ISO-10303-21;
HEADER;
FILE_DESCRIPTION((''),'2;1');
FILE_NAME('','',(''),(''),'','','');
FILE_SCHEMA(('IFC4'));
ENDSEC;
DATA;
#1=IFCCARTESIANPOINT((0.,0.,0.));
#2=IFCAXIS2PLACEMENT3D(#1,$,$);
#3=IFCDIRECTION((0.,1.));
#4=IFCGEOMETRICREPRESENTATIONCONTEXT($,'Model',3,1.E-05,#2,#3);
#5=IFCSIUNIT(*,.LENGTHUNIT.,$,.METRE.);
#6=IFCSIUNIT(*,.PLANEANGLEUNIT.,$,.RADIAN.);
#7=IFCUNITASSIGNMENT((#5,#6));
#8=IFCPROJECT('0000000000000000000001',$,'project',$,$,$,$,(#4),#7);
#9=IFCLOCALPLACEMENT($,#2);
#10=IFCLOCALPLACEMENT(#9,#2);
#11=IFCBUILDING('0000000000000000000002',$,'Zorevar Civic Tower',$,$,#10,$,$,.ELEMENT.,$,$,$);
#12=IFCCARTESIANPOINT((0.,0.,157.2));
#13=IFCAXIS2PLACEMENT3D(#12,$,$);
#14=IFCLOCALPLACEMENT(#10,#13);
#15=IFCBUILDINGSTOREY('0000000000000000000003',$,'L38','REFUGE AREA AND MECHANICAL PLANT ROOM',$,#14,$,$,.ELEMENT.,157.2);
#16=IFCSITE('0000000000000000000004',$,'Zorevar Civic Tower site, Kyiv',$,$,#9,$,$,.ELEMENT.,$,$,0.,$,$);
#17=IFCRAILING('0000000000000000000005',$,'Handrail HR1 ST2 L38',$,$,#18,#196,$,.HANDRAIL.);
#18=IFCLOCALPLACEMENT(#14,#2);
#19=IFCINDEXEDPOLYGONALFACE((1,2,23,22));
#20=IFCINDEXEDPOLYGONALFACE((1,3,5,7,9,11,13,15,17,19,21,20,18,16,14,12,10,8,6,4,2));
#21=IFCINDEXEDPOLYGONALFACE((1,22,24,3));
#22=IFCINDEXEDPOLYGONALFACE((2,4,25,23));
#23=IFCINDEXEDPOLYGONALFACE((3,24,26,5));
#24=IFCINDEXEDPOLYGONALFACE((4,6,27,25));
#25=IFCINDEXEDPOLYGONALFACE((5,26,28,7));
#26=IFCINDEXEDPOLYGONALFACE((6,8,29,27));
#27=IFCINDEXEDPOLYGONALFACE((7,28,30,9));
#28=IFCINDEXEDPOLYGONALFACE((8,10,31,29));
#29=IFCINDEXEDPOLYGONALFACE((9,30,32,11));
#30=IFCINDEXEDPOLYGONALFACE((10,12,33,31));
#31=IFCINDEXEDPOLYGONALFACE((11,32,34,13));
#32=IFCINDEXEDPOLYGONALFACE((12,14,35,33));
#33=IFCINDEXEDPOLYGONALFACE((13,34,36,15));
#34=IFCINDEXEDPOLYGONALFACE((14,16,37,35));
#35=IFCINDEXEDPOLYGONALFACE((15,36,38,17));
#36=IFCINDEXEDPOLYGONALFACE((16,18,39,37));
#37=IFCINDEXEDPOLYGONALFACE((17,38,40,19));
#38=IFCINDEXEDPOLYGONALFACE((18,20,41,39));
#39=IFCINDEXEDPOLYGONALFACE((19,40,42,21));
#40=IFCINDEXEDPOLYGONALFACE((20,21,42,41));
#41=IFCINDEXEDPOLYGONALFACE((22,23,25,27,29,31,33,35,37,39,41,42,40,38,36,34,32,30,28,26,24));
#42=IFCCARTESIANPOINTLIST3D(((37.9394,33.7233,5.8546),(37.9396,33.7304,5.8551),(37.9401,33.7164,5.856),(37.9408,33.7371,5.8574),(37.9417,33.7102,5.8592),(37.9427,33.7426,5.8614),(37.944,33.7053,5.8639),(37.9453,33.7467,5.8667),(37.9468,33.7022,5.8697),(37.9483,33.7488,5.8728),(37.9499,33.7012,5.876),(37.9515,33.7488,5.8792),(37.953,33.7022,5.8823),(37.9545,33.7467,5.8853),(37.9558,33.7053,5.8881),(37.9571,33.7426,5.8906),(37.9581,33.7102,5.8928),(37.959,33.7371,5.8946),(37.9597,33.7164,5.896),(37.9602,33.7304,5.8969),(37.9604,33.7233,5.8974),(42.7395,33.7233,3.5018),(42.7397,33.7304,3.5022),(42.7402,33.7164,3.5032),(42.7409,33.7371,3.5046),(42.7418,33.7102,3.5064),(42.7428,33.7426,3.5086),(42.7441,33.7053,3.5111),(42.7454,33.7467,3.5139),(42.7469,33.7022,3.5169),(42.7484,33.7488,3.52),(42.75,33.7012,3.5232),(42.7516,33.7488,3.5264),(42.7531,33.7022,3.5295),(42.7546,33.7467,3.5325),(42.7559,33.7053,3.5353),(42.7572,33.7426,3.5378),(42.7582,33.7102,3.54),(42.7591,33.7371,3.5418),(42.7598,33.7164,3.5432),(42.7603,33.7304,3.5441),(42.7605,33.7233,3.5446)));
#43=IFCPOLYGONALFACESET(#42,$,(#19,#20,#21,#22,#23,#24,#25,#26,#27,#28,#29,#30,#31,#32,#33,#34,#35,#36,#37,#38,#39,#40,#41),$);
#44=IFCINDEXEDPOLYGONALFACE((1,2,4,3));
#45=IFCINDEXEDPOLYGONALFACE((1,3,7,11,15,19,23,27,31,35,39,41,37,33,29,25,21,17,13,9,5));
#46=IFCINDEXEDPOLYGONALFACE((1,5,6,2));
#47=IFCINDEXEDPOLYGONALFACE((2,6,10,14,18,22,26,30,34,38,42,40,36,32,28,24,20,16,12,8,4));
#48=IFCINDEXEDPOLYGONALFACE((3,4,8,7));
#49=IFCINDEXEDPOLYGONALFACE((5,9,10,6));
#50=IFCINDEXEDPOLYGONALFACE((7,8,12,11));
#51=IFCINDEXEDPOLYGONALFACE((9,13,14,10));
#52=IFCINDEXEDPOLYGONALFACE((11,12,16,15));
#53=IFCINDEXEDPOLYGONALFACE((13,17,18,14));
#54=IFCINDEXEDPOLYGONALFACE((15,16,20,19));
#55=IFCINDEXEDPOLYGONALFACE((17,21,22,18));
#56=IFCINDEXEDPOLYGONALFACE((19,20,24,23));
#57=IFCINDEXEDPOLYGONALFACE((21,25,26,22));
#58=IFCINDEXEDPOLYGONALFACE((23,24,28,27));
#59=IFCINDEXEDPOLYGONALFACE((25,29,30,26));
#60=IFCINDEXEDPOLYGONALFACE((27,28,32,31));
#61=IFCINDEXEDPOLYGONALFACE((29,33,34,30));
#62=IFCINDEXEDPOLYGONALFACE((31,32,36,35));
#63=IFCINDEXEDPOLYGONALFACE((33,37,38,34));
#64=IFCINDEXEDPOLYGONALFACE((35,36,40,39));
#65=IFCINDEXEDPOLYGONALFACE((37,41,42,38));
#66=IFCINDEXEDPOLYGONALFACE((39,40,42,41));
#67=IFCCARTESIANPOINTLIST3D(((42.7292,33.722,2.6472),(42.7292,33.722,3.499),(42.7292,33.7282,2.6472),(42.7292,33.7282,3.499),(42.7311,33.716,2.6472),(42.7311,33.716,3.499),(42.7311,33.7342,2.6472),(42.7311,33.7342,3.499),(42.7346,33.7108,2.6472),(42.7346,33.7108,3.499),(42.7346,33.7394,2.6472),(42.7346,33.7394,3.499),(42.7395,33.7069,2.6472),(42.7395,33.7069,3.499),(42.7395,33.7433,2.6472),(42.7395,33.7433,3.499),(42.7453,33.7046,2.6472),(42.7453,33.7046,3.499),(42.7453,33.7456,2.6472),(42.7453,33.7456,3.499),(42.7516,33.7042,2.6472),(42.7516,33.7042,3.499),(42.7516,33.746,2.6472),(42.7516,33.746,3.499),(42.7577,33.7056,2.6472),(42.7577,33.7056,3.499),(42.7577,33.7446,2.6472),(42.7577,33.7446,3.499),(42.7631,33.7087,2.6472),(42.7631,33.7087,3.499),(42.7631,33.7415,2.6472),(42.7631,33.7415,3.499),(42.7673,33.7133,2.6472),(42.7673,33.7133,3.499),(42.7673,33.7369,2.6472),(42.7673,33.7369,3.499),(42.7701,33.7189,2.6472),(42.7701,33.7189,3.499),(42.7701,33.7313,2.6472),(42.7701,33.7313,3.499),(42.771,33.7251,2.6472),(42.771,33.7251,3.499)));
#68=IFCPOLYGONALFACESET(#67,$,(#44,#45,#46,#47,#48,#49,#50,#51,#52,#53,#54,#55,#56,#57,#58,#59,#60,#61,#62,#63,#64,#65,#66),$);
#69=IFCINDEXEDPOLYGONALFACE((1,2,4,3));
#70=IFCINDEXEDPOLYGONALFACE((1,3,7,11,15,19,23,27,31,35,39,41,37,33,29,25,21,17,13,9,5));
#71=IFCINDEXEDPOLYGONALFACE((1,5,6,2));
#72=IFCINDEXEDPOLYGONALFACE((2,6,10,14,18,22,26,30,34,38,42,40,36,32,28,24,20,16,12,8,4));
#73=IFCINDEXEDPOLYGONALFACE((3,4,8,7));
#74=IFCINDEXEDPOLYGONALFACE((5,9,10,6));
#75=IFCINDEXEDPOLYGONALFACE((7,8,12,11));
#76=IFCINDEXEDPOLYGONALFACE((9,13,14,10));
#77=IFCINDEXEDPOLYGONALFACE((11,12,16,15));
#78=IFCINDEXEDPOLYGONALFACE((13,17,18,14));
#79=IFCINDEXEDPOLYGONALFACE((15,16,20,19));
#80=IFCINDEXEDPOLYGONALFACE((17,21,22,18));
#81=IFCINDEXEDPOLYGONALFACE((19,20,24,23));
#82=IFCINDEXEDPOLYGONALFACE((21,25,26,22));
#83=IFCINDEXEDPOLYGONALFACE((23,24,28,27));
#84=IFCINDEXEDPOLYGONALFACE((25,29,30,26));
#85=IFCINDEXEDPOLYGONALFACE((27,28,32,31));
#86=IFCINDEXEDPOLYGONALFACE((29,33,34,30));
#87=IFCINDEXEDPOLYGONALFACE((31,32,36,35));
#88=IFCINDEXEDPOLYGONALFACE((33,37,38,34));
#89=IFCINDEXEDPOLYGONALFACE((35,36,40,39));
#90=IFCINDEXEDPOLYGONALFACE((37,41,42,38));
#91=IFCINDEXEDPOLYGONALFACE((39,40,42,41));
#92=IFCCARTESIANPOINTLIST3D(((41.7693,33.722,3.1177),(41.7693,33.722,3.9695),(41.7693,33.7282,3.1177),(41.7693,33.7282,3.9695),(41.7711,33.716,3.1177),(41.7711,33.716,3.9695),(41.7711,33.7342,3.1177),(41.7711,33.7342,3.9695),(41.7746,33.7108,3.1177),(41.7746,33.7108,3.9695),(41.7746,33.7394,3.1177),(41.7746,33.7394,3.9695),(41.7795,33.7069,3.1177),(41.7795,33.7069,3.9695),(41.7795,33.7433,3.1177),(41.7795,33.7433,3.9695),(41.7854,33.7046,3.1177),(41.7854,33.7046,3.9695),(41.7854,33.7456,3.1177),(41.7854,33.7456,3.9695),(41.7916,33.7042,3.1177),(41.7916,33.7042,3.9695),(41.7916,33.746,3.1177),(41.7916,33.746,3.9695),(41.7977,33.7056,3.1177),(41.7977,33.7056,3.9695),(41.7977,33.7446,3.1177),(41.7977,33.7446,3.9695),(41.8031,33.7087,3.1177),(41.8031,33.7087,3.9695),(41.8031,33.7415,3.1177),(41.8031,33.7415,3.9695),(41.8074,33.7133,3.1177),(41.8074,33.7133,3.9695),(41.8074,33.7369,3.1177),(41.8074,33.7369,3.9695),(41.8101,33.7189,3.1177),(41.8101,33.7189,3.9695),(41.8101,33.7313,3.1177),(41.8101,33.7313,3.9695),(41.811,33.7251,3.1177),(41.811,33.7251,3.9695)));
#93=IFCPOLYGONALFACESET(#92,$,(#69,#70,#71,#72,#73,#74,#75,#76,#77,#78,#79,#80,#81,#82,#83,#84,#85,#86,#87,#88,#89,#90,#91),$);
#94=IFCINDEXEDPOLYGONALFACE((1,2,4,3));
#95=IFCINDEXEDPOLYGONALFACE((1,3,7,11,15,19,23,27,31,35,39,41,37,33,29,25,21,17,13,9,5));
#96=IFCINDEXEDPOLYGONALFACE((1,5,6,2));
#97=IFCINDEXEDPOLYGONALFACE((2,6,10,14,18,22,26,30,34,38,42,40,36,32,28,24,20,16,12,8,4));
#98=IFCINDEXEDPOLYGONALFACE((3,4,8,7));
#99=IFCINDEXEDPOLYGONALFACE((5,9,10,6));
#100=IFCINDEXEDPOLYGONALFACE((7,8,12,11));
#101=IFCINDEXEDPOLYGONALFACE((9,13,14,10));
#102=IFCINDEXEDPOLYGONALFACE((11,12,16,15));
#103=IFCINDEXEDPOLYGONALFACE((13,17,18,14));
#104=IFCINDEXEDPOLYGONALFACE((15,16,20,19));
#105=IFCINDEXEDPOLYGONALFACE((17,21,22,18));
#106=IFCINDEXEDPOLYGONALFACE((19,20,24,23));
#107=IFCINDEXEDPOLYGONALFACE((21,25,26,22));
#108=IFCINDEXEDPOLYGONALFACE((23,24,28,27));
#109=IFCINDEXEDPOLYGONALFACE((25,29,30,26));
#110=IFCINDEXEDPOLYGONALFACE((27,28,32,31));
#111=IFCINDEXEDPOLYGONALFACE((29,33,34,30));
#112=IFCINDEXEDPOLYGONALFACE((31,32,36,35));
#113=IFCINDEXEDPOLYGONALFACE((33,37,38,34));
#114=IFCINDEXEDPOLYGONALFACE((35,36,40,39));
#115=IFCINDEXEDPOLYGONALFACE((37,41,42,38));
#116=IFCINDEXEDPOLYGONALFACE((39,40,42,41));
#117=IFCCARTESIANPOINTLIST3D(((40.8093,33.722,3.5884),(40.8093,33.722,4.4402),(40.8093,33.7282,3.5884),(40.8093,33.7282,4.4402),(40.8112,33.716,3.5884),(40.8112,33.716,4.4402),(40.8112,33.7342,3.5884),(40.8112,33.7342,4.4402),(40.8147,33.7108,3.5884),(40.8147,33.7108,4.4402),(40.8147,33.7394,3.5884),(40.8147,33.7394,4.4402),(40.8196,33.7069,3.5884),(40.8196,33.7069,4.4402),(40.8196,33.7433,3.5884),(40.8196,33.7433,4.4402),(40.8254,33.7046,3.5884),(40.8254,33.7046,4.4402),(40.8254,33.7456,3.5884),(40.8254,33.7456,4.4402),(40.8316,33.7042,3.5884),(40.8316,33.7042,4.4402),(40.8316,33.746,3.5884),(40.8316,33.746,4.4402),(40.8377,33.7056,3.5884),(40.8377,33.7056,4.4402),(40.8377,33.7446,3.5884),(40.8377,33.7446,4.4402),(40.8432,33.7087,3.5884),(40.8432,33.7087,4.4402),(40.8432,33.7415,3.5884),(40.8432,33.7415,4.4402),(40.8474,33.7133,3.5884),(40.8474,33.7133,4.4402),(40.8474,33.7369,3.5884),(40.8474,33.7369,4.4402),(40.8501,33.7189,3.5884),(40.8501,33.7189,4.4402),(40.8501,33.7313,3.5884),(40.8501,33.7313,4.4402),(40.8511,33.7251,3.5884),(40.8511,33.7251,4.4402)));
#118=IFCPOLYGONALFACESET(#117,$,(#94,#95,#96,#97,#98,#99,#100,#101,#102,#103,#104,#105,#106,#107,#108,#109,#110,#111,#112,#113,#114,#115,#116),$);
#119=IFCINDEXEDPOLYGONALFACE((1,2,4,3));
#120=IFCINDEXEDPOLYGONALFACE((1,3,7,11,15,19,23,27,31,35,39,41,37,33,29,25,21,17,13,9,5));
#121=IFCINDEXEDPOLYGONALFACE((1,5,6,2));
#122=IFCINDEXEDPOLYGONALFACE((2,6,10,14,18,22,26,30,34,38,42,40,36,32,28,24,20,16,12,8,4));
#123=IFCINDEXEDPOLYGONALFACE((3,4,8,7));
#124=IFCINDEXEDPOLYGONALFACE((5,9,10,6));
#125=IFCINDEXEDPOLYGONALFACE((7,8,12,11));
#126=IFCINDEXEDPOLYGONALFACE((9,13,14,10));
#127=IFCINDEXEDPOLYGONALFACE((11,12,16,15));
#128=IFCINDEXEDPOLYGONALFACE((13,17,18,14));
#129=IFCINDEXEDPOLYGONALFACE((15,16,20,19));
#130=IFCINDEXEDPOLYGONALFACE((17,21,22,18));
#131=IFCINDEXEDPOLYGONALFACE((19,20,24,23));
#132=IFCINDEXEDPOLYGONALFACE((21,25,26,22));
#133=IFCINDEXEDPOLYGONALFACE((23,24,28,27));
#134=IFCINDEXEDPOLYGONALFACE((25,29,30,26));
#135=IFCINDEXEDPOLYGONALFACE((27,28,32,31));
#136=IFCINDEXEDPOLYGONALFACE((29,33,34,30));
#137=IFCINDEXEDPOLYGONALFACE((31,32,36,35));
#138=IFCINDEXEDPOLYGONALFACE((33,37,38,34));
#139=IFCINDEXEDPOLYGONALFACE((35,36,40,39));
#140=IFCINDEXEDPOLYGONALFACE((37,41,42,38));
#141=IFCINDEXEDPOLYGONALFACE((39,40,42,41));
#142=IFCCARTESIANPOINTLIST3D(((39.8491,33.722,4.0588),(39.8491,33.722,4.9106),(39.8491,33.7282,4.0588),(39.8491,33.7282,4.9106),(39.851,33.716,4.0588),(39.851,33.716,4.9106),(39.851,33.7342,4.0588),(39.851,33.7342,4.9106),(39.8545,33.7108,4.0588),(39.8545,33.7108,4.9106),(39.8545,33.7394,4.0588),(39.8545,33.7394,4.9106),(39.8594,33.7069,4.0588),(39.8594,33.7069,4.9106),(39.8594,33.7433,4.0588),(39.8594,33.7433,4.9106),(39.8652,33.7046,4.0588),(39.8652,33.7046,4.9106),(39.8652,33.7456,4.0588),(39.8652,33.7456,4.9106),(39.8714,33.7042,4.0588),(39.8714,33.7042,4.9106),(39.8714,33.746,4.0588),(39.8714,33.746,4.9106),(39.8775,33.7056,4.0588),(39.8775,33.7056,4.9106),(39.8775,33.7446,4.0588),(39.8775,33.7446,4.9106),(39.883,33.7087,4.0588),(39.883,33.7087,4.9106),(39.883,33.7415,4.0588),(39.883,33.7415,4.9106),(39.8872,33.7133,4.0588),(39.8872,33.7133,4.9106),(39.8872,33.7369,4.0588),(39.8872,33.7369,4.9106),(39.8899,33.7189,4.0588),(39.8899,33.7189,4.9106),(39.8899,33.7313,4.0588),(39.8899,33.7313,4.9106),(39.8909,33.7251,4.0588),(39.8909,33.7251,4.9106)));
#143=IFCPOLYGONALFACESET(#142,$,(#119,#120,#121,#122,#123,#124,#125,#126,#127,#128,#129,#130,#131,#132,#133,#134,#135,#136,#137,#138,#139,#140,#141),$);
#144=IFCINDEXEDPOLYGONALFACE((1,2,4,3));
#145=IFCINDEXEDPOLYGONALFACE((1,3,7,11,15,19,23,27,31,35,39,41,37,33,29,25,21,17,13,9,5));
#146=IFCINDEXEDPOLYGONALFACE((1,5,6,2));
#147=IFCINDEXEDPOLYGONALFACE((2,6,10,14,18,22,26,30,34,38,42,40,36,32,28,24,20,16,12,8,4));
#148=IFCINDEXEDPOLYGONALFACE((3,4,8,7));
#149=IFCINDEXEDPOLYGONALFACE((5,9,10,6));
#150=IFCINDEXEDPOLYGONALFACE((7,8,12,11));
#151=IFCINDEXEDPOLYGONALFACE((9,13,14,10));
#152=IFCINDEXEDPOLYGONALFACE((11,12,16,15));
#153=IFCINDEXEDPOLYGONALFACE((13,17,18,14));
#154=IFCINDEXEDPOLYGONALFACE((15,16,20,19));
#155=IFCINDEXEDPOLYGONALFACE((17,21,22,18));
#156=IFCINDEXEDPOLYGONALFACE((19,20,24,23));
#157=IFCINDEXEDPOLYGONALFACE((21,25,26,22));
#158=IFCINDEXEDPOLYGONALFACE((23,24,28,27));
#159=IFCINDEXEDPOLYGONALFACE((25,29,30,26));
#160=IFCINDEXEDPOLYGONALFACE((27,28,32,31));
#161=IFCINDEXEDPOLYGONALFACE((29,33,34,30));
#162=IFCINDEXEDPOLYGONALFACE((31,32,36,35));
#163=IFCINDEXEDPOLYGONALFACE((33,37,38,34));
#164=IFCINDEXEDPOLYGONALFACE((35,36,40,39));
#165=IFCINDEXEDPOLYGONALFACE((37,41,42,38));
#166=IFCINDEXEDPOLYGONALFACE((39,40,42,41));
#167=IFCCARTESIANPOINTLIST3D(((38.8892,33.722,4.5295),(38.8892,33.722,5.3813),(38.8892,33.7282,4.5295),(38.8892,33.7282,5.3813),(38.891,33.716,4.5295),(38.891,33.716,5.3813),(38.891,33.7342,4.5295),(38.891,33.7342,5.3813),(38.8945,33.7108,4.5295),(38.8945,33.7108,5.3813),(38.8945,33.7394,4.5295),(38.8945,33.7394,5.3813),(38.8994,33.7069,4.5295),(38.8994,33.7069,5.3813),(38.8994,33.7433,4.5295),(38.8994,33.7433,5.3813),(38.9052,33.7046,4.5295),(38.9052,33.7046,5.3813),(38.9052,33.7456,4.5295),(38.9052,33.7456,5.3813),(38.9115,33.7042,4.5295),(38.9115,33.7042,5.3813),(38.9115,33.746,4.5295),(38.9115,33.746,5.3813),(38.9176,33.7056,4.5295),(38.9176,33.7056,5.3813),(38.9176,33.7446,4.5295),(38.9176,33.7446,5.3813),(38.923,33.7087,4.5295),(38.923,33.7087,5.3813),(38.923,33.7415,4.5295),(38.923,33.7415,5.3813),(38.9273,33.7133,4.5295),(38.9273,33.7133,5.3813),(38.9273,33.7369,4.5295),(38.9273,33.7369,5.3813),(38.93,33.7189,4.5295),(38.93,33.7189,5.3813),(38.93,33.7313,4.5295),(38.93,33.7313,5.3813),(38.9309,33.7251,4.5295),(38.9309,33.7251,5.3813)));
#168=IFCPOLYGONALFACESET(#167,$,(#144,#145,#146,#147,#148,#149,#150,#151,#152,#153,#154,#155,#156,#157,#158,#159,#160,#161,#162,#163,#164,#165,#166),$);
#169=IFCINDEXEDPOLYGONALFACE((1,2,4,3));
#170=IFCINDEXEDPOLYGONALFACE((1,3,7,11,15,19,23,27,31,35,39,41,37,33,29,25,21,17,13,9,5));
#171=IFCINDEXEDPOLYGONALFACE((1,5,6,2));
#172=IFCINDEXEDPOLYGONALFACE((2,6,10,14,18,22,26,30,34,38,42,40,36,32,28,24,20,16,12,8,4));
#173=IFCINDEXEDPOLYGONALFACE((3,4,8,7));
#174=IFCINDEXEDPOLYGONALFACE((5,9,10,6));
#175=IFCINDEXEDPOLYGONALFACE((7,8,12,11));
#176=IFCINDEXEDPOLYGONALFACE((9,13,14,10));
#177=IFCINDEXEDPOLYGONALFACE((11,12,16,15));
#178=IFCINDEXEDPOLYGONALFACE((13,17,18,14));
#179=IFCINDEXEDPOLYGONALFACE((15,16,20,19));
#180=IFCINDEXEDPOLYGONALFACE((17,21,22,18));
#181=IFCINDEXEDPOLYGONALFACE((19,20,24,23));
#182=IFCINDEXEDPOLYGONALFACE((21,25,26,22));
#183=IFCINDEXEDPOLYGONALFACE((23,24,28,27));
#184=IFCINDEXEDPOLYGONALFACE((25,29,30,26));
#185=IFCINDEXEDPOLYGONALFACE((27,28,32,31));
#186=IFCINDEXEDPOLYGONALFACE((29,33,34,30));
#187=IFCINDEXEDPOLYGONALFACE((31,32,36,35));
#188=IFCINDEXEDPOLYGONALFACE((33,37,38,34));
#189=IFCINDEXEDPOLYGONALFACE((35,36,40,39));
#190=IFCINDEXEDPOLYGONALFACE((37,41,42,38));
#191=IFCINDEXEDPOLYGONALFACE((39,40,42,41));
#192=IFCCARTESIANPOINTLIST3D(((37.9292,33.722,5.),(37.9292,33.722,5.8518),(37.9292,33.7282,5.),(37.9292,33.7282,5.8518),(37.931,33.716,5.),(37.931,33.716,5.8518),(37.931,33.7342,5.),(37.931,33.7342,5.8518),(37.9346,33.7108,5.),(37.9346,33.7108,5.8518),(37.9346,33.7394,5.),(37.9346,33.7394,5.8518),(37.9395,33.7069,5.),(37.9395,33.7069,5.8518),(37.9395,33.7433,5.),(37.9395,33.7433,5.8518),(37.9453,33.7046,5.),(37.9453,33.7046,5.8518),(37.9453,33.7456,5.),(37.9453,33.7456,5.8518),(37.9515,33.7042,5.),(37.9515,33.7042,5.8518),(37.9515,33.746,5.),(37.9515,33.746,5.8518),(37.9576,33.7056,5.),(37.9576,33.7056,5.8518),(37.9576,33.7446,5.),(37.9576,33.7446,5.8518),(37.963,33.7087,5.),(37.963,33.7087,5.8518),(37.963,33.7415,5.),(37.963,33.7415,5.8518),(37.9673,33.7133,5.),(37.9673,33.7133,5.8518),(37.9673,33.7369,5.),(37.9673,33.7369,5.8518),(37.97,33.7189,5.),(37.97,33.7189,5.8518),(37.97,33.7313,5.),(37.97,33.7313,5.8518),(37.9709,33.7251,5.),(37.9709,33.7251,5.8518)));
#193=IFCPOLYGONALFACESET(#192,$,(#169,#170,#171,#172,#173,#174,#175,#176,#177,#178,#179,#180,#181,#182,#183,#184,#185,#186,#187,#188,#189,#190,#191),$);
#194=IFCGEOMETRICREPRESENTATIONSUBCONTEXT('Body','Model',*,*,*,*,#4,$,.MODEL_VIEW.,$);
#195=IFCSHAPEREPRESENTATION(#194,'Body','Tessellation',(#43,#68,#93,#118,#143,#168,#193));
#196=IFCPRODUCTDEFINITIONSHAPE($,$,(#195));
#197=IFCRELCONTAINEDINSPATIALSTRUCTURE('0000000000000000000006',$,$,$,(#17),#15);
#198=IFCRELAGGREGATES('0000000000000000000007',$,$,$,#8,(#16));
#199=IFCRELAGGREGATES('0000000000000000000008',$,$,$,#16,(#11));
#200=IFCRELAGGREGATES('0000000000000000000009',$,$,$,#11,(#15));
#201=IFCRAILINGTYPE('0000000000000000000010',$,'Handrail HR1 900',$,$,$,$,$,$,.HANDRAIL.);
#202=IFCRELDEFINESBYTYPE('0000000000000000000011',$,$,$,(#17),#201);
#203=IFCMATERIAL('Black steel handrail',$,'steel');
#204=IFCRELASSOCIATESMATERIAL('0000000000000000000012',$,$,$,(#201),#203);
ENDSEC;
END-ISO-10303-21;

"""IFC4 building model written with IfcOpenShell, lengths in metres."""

from ifc_helpers import new_model, si_unit, direction, frame, origin, origin_2d, place, context, subcontext, project, spatial, circle, extrude, material, type_object, element, save


model = new_model("IFC4")

# Units and contexts
model_context = context("Model", 3, precision=1e-05, world=origin(), true_north=direction((0.0, 1.0)))
body_context = subcontext(model_context, "Body", "Model", "MODEL_VIEW")
ifc_project = project(units=[si_unit("LENGTHUNIT", "METRE"), si_unit("PLANEANGLEUNIT", "RADIAN")], contexts=[model_context])

# Site, building, storey
site_placement = place(None, origin())
site = spatial("IfcSite", under=ifc_project, at=site_placement, Name="Zorevar Civic Tower site, Kyiv", CompositionType="ELEMENT", RefElevation=0.0)
building_placement = place(site_placement, origin())
building = spatial("IfcBuilding", under=site, at=building_placement, Name="Zorevar Civic Tower", CompositionType="ELEMENT")
storey_placement = place(building_placement, frame((0.0, 0.0, 157.2)))
storey = spatial("IfcBuildingStorey", under=building, at=storey_placement, Name="L38", Description="REFUGE AREA AND MECHANICAL PLANT ROOM", CompositionType="ELEMENT", Elevation=157.2)

# Railing
ifc_material_1 = material(Name="Black steel handrail", Category="steel")
railing_type = type_object("IfcRailingType", Name="Handrail HR1 900", PredefinedType="HANDRAIL", material=ifc_material_1)
railing_1_placement = place(storey_placement, frame((42.75, 33.7251, 2.6472)))
element("IfcRailing", 1, at=railing_1_placement, inside=storey, type_object=railing_type, Name="Handrail HR1 ST2 L38", PredefinedType="HANDRAIL", context=body_context, shape_type="SweptSolid", body=[
    extrude(circle(Radius=0.0239, at=origin_2d()), frame((0.0, 0.0, 0.876), z_axis=(-0.897934, 0.0, 0.44013), x_axis=(0.0, -1.0, 0.0)), (0.0, 0.0, 1.0), 5.3457),
    extrude(circle(Radius=0.021, at=origin_2d()), origin(), (0.0, 0.0, 1.0), 0.8518),
    extrude(circle(Radius=0.021, at=origin_2d()), frame((-0.96, 0.0, 0.4705)), (0.0, 0.0, 1.0), 0.8518),
    extrude(circle(Radius=0.021, at=origin_2d()), frame((-1.9199, 0.0, 0.9412)), (0.0, 0.0, 1.0), 0.8518),
    extrude(circle(Radius=0.021, at=origin_2d()), frame((-2.8801, 0.0, 1.4116)), (0.0, 0.0, 1.0), 0.8518),
    extrude(circle(Radius=0.021, at=origin_2d()), frame((-3.8401, 0.0, 1.8823)), (0.0, 0.0, 1.0), 0.8518),
    extrude(circle(Radius=0.021, at=origin_2d()), frame((-4.8, 0.0, 2.3528)), (0.0, 0.0, 1.0), 0.8518),
])

save(model, "model.ifc")
